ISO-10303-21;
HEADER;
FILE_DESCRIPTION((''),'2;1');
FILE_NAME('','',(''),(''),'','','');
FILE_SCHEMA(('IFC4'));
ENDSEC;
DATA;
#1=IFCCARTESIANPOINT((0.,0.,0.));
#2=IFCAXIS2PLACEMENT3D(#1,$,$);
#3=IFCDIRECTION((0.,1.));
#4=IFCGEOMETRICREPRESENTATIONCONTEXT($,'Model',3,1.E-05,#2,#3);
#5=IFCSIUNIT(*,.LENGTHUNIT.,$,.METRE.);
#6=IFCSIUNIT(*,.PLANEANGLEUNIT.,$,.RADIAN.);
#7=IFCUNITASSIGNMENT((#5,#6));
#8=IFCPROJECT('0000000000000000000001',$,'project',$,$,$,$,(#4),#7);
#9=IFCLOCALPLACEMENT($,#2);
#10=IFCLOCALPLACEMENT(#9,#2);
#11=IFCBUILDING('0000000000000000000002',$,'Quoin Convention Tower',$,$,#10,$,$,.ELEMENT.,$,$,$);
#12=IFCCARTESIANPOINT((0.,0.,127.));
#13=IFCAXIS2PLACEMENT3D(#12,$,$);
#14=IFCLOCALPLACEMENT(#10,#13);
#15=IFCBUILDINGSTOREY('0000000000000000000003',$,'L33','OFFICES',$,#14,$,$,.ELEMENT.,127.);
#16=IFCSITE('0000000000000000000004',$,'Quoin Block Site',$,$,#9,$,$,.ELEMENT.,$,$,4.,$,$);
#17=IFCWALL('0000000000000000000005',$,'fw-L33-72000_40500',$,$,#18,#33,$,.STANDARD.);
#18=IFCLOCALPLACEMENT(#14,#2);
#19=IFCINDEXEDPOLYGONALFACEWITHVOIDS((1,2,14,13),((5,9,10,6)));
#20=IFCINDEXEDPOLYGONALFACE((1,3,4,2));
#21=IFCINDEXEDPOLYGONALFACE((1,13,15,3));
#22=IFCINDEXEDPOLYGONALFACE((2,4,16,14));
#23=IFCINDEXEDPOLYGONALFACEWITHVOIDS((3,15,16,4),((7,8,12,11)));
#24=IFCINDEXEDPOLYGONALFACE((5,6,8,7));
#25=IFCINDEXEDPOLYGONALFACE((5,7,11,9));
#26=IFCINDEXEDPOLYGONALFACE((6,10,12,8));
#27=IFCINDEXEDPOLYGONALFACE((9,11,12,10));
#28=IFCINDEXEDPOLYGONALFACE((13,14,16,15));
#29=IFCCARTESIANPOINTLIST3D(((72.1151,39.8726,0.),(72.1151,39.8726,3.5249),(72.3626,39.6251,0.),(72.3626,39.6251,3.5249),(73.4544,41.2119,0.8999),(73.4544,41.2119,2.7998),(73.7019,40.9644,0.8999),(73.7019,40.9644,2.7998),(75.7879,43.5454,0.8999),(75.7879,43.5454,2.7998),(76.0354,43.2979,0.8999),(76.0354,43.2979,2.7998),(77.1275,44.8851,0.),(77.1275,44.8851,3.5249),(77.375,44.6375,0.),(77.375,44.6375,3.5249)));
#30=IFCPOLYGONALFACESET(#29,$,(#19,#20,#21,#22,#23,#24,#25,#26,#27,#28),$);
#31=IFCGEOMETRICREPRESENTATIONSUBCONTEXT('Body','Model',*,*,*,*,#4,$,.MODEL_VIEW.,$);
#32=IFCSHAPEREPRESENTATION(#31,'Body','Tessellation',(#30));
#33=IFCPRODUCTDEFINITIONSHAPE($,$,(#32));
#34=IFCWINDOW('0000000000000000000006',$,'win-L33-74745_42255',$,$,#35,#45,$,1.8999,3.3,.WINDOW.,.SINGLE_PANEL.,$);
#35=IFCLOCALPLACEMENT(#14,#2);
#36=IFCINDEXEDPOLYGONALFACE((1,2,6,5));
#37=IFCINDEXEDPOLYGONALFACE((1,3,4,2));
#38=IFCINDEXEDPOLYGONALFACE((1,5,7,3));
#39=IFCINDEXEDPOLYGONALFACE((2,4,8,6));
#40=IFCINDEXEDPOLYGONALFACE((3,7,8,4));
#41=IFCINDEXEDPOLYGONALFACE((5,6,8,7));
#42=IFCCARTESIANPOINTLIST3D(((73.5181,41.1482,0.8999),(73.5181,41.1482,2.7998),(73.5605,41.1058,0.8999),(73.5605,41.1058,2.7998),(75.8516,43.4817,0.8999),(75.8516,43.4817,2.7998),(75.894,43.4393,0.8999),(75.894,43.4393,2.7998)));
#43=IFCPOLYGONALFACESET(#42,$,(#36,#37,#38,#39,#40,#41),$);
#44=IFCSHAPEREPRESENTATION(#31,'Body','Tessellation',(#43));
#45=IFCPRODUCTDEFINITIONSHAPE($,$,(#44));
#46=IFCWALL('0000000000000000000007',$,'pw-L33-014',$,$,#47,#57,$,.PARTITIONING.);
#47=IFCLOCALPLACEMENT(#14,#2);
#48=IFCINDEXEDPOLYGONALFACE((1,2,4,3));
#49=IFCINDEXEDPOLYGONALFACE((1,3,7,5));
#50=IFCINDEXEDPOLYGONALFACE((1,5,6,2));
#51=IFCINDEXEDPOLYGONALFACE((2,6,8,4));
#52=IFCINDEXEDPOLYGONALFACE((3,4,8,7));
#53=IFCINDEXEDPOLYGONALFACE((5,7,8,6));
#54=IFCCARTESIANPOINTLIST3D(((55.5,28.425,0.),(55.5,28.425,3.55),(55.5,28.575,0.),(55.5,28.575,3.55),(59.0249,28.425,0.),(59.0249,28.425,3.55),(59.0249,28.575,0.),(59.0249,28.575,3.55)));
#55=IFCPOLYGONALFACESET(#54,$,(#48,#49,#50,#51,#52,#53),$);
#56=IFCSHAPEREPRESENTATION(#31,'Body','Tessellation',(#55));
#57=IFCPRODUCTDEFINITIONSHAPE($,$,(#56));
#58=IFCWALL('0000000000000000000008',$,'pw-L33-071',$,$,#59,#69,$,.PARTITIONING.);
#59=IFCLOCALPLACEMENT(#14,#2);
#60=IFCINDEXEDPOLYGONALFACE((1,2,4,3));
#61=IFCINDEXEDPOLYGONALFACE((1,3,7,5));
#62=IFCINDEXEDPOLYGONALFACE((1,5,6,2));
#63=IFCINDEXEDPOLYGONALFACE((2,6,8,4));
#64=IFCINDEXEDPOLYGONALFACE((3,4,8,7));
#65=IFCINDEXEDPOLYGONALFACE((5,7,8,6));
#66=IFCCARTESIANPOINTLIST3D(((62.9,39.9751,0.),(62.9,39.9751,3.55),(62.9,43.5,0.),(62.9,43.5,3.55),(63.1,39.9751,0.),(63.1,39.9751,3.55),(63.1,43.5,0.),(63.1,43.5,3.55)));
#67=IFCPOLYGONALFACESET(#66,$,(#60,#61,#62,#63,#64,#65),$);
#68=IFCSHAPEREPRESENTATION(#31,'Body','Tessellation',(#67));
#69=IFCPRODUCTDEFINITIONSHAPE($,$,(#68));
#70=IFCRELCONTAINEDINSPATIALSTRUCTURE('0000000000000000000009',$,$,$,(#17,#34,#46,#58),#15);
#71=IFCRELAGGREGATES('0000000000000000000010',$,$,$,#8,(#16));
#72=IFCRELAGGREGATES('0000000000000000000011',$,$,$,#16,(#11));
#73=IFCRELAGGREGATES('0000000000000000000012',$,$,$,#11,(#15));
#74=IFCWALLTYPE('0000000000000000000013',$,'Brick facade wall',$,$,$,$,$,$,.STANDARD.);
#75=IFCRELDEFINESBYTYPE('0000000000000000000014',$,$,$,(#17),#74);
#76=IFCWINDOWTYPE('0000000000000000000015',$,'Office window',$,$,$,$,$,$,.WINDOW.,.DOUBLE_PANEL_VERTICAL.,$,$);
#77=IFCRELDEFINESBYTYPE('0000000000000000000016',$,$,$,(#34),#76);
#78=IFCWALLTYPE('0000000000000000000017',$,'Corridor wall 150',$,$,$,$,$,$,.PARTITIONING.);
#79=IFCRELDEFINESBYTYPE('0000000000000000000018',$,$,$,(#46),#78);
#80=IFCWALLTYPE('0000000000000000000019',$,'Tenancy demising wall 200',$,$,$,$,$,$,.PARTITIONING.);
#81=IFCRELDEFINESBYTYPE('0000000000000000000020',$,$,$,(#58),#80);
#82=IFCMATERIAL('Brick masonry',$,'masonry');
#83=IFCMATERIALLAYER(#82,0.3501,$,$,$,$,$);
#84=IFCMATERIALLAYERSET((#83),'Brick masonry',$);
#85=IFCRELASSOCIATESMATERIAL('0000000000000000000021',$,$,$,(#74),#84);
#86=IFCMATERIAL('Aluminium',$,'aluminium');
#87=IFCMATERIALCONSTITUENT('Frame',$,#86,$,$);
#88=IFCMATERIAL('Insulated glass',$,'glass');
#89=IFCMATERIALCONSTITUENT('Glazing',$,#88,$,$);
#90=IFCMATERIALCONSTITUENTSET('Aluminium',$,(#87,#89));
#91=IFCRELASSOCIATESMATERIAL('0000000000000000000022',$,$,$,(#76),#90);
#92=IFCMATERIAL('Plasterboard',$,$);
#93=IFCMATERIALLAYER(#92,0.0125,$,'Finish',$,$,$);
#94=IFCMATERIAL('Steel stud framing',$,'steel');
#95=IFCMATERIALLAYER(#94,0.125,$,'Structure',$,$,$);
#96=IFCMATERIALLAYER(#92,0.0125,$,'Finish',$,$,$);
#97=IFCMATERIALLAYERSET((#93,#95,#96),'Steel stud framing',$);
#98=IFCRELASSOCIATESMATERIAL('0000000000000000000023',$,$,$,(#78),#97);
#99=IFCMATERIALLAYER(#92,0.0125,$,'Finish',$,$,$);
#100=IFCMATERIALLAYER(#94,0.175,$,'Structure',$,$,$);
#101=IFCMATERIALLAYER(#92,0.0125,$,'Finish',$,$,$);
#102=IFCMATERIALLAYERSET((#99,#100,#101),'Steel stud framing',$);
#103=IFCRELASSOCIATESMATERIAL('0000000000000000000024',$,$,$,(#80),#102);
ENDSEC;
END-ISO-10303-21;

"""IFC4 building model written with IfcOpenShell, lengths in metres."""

from ifc_helpers import new_model, si_unit, direction, frame, frame_2d, origin, place, context, subcontext, project, spatial, rectangle, extrude, material, layer, layer_set, constituent, constituent_set, type_object, element, fill, save


model = new_model("IFC4")

# Units and contexts
model_context = context("Model", 3, precision=1e-05, world=origin(), true_north=direction((0.0, 1.0)))
body_context = subcontext(model_context, "Body", "Model", "MODEL_VIEW")
ifc_project = project(units=[si_unit("LENGTHUNIT", "METRE"), si_unit("PLANEANGLEUNIT", "RADIAN")], contexts=[model_context])

# Site, building, storey
site_placement = place(None, origin())
site = spatial("IfcSite", under=ifc_project, at=site_placement, Name="Quoin Block Site", CompositionType="ELEMENT", RefElevation=4.0)
building_placement = place(site_placement, origin())
building = spatial("IfcBuilding", under=site, at=building_placement, Name="Quoin Convention Tower", CompositionType="ELEMENT")
storey_placement = place(building_placement, frame((0.0, 0.0, 127.0)))
storey = spatial("IfcBuildingStorey", under=building, at=storey_placement, Name="L33", Description="OFFICES", CompositionType="ELEMENT", Elevation=127.0)

# Shared definitions
ifc_material_1 = material(Name="Plasterboard")
ifc_material_2 = material(Name="Steel stud framing", Category="steel")

# Wall, opening, window
ifc_material_3 = material(Name="Brick masonry", Category="masonry")
ifc_layer_1 = layer(ifc_material_3, 0.3501)
ifc_layer_set_1 = layer_set([ifc_layer_1], Name="Brick masonry")
wall_type_1 = type_object("IfcWallType", Name="Brick facade wall", PredefinedType="STANDARD", material=ifc_layer_set_1)
ifc_material_4 = material(Name="Aluminium", Category="aluminium")
ifc_constituent_1 = constituent(ifc_material_4, Name="Frame")
ifc_material_5 = material(Name="Insulated glass", Category="glass")
ifc_constituent_2 = constituent(ifc_material_5, Name="Glazing")
ifc_constituent_set = constituent_set(constituents=[ifc_constituent_1, ifc_constituent_2], Name="Aluminium")
window_type = type_object("IfcWindowType", Name="Office window", PartitioningType="DOUBLE_PANEL_VERTICAL", PredefinedType="WINDOW", material=ifc_constituent_set)
wall_1_placement = place(storey_placement, frame((72.2388, 39.7488, 0.0), z_axis=(0.0, 0.0, 1.0), x_axis=(0.707107, 0.707107, 0.0)))
wall_1 = element("IfcWall", 1, at=wall_1_placement, inside=storey, type_object=wall_type_1, Name="fw-L33-72000_40500", PredefinedType="STANDARD", context=body_context, shape_type="SweptSolid", body=[
    extrude(rectangle(XDim=7.0886, YDim=0.3501, at=frame_2d((3.5444, 0.0))), origin(), (0.0, 0.0, 1.0), 3.5249),
])
opening_1_placement = place(wall_1_placement, frame((1.8943, 0.0, 0.8999)))
opening_1 = element("IfcOpeningElement", 2, at=opening_1_placement, cuts=wall_1, PredefinedType="OPENING", context=body_context, shape_type="SweptSolid", body=[
    extrude(rectangle(XDim=3.3, YDim=1.8999, at=frame_2d((1.6499, 0.95))), frame((0.0, 0.1851, 0.0), z_axis=(0.0, -1.0, 0.0), x_axis=(1.0, 0.0, 0.0)), (0.0, 0.0, 1.0), 0.3701),
])
window_1_placement = place(opening_1_placement, origin())
window_1 = element("IfcWindow", 3, at=window_1_placement, inside=storey, type_object=window_type, Name="win-L33-74745_42255", OverallHeight=1.8999, OverallWidth=3.3, PartitioningType="SINGLE_PANEL", PredefinedType="WINDOW", context=body_context, shape_type="SweptSolid", body=[
    extrude(rectangle(XDim=3.3, YDim=1.8999, at=frame_2d((1.6499, 0.95))), frame((0.0, 0.085, 0.0), z_axis=(0.0, -1.0, 0.0), x_axis=(1.0, 0.0, 0.0)), (0.0, 0.0, 1.0), 0.0601),
])
fill(opening_1, window_1)

# Walls
ifc_layer_2 = layer(ifc_material_1, 0.0125, Name="Finish")
ifc_layer_3 = layer(ifc_material_2, 0.125, Name="Structure")
ifc_layer_4 = layer(ifc_material_1, 0.0125, Name="Finish")
ifc_layer_set_2 = layer_set([ifc_layer_2, ifc_layer_3, ifc_layer_4], Name="Steel stud framing")
wall_type_2 = type_object("IfcWallType", Name="Corridor wall 150", PredefinedType="PARTITIONING", material=ifc_layer_set_2)
wall_2_placement = place(storey_placement, frame((55.5, 28.5, 0.0), z_axis=(0.0, 0.0, 1.0), x_axis=(1.0, 0.0, 0.0)))
element("IfcWall", 4, at=wall_2_placement, inside=storey, type_object=wall_type_2, Name="pw-L33-014", PredefinedType="PARTITIONING", context=body_context, shape_type="SweptSolid", body=[
    extrude(rectangle(XDim=3.5249, YDim=0.1499, at=frame_2d((1.7625, 0.0))), origin(), (0.0, 0.0, 1.0), 3.55),
])
ifc_layer_5 = layer(ifc_material_1, 0.0125, Name="Finish")
ifc_layer_6 = layer(ifc_material_2, 0.175, Name="Structure")
ifc_layer_7 = layer(ifc_material_1, 0.0125, Name="Finish")
ifc_layer_set_3 = layer_set([ifc_layer_5, ifc_layer_6, ifc_layer_7], Name="Steel stud framing")
wall_type_3 = type_object("IfcWallType", Name="Tenancy demising wall 200", PredefinedType="PARTITIONING", material=ifc_layer_set_3)
wall_3_placement = place(storey_placement, frame((63.0, 39.9751, 0.0), z_axis=(0.0, 0.0, 1.0), x_axis=(0.0, 1.0, 0.0)))
element("IfcWall", 5, at=wall_3_placement, inside=storey, type_object=wall_type_3, Name="pw-L33-071", PredefinedType="PARTITIONING", context=body_context, shape_type="SweptSolid", body=[
    extrude(rectangle(XDim=3.5249, YDim=0.2, at=frame_2d((1.7625, 0.0))), origin(), (0.0, 0.0, 1.0), 3.55),
])

save(model, "model.ifc")
